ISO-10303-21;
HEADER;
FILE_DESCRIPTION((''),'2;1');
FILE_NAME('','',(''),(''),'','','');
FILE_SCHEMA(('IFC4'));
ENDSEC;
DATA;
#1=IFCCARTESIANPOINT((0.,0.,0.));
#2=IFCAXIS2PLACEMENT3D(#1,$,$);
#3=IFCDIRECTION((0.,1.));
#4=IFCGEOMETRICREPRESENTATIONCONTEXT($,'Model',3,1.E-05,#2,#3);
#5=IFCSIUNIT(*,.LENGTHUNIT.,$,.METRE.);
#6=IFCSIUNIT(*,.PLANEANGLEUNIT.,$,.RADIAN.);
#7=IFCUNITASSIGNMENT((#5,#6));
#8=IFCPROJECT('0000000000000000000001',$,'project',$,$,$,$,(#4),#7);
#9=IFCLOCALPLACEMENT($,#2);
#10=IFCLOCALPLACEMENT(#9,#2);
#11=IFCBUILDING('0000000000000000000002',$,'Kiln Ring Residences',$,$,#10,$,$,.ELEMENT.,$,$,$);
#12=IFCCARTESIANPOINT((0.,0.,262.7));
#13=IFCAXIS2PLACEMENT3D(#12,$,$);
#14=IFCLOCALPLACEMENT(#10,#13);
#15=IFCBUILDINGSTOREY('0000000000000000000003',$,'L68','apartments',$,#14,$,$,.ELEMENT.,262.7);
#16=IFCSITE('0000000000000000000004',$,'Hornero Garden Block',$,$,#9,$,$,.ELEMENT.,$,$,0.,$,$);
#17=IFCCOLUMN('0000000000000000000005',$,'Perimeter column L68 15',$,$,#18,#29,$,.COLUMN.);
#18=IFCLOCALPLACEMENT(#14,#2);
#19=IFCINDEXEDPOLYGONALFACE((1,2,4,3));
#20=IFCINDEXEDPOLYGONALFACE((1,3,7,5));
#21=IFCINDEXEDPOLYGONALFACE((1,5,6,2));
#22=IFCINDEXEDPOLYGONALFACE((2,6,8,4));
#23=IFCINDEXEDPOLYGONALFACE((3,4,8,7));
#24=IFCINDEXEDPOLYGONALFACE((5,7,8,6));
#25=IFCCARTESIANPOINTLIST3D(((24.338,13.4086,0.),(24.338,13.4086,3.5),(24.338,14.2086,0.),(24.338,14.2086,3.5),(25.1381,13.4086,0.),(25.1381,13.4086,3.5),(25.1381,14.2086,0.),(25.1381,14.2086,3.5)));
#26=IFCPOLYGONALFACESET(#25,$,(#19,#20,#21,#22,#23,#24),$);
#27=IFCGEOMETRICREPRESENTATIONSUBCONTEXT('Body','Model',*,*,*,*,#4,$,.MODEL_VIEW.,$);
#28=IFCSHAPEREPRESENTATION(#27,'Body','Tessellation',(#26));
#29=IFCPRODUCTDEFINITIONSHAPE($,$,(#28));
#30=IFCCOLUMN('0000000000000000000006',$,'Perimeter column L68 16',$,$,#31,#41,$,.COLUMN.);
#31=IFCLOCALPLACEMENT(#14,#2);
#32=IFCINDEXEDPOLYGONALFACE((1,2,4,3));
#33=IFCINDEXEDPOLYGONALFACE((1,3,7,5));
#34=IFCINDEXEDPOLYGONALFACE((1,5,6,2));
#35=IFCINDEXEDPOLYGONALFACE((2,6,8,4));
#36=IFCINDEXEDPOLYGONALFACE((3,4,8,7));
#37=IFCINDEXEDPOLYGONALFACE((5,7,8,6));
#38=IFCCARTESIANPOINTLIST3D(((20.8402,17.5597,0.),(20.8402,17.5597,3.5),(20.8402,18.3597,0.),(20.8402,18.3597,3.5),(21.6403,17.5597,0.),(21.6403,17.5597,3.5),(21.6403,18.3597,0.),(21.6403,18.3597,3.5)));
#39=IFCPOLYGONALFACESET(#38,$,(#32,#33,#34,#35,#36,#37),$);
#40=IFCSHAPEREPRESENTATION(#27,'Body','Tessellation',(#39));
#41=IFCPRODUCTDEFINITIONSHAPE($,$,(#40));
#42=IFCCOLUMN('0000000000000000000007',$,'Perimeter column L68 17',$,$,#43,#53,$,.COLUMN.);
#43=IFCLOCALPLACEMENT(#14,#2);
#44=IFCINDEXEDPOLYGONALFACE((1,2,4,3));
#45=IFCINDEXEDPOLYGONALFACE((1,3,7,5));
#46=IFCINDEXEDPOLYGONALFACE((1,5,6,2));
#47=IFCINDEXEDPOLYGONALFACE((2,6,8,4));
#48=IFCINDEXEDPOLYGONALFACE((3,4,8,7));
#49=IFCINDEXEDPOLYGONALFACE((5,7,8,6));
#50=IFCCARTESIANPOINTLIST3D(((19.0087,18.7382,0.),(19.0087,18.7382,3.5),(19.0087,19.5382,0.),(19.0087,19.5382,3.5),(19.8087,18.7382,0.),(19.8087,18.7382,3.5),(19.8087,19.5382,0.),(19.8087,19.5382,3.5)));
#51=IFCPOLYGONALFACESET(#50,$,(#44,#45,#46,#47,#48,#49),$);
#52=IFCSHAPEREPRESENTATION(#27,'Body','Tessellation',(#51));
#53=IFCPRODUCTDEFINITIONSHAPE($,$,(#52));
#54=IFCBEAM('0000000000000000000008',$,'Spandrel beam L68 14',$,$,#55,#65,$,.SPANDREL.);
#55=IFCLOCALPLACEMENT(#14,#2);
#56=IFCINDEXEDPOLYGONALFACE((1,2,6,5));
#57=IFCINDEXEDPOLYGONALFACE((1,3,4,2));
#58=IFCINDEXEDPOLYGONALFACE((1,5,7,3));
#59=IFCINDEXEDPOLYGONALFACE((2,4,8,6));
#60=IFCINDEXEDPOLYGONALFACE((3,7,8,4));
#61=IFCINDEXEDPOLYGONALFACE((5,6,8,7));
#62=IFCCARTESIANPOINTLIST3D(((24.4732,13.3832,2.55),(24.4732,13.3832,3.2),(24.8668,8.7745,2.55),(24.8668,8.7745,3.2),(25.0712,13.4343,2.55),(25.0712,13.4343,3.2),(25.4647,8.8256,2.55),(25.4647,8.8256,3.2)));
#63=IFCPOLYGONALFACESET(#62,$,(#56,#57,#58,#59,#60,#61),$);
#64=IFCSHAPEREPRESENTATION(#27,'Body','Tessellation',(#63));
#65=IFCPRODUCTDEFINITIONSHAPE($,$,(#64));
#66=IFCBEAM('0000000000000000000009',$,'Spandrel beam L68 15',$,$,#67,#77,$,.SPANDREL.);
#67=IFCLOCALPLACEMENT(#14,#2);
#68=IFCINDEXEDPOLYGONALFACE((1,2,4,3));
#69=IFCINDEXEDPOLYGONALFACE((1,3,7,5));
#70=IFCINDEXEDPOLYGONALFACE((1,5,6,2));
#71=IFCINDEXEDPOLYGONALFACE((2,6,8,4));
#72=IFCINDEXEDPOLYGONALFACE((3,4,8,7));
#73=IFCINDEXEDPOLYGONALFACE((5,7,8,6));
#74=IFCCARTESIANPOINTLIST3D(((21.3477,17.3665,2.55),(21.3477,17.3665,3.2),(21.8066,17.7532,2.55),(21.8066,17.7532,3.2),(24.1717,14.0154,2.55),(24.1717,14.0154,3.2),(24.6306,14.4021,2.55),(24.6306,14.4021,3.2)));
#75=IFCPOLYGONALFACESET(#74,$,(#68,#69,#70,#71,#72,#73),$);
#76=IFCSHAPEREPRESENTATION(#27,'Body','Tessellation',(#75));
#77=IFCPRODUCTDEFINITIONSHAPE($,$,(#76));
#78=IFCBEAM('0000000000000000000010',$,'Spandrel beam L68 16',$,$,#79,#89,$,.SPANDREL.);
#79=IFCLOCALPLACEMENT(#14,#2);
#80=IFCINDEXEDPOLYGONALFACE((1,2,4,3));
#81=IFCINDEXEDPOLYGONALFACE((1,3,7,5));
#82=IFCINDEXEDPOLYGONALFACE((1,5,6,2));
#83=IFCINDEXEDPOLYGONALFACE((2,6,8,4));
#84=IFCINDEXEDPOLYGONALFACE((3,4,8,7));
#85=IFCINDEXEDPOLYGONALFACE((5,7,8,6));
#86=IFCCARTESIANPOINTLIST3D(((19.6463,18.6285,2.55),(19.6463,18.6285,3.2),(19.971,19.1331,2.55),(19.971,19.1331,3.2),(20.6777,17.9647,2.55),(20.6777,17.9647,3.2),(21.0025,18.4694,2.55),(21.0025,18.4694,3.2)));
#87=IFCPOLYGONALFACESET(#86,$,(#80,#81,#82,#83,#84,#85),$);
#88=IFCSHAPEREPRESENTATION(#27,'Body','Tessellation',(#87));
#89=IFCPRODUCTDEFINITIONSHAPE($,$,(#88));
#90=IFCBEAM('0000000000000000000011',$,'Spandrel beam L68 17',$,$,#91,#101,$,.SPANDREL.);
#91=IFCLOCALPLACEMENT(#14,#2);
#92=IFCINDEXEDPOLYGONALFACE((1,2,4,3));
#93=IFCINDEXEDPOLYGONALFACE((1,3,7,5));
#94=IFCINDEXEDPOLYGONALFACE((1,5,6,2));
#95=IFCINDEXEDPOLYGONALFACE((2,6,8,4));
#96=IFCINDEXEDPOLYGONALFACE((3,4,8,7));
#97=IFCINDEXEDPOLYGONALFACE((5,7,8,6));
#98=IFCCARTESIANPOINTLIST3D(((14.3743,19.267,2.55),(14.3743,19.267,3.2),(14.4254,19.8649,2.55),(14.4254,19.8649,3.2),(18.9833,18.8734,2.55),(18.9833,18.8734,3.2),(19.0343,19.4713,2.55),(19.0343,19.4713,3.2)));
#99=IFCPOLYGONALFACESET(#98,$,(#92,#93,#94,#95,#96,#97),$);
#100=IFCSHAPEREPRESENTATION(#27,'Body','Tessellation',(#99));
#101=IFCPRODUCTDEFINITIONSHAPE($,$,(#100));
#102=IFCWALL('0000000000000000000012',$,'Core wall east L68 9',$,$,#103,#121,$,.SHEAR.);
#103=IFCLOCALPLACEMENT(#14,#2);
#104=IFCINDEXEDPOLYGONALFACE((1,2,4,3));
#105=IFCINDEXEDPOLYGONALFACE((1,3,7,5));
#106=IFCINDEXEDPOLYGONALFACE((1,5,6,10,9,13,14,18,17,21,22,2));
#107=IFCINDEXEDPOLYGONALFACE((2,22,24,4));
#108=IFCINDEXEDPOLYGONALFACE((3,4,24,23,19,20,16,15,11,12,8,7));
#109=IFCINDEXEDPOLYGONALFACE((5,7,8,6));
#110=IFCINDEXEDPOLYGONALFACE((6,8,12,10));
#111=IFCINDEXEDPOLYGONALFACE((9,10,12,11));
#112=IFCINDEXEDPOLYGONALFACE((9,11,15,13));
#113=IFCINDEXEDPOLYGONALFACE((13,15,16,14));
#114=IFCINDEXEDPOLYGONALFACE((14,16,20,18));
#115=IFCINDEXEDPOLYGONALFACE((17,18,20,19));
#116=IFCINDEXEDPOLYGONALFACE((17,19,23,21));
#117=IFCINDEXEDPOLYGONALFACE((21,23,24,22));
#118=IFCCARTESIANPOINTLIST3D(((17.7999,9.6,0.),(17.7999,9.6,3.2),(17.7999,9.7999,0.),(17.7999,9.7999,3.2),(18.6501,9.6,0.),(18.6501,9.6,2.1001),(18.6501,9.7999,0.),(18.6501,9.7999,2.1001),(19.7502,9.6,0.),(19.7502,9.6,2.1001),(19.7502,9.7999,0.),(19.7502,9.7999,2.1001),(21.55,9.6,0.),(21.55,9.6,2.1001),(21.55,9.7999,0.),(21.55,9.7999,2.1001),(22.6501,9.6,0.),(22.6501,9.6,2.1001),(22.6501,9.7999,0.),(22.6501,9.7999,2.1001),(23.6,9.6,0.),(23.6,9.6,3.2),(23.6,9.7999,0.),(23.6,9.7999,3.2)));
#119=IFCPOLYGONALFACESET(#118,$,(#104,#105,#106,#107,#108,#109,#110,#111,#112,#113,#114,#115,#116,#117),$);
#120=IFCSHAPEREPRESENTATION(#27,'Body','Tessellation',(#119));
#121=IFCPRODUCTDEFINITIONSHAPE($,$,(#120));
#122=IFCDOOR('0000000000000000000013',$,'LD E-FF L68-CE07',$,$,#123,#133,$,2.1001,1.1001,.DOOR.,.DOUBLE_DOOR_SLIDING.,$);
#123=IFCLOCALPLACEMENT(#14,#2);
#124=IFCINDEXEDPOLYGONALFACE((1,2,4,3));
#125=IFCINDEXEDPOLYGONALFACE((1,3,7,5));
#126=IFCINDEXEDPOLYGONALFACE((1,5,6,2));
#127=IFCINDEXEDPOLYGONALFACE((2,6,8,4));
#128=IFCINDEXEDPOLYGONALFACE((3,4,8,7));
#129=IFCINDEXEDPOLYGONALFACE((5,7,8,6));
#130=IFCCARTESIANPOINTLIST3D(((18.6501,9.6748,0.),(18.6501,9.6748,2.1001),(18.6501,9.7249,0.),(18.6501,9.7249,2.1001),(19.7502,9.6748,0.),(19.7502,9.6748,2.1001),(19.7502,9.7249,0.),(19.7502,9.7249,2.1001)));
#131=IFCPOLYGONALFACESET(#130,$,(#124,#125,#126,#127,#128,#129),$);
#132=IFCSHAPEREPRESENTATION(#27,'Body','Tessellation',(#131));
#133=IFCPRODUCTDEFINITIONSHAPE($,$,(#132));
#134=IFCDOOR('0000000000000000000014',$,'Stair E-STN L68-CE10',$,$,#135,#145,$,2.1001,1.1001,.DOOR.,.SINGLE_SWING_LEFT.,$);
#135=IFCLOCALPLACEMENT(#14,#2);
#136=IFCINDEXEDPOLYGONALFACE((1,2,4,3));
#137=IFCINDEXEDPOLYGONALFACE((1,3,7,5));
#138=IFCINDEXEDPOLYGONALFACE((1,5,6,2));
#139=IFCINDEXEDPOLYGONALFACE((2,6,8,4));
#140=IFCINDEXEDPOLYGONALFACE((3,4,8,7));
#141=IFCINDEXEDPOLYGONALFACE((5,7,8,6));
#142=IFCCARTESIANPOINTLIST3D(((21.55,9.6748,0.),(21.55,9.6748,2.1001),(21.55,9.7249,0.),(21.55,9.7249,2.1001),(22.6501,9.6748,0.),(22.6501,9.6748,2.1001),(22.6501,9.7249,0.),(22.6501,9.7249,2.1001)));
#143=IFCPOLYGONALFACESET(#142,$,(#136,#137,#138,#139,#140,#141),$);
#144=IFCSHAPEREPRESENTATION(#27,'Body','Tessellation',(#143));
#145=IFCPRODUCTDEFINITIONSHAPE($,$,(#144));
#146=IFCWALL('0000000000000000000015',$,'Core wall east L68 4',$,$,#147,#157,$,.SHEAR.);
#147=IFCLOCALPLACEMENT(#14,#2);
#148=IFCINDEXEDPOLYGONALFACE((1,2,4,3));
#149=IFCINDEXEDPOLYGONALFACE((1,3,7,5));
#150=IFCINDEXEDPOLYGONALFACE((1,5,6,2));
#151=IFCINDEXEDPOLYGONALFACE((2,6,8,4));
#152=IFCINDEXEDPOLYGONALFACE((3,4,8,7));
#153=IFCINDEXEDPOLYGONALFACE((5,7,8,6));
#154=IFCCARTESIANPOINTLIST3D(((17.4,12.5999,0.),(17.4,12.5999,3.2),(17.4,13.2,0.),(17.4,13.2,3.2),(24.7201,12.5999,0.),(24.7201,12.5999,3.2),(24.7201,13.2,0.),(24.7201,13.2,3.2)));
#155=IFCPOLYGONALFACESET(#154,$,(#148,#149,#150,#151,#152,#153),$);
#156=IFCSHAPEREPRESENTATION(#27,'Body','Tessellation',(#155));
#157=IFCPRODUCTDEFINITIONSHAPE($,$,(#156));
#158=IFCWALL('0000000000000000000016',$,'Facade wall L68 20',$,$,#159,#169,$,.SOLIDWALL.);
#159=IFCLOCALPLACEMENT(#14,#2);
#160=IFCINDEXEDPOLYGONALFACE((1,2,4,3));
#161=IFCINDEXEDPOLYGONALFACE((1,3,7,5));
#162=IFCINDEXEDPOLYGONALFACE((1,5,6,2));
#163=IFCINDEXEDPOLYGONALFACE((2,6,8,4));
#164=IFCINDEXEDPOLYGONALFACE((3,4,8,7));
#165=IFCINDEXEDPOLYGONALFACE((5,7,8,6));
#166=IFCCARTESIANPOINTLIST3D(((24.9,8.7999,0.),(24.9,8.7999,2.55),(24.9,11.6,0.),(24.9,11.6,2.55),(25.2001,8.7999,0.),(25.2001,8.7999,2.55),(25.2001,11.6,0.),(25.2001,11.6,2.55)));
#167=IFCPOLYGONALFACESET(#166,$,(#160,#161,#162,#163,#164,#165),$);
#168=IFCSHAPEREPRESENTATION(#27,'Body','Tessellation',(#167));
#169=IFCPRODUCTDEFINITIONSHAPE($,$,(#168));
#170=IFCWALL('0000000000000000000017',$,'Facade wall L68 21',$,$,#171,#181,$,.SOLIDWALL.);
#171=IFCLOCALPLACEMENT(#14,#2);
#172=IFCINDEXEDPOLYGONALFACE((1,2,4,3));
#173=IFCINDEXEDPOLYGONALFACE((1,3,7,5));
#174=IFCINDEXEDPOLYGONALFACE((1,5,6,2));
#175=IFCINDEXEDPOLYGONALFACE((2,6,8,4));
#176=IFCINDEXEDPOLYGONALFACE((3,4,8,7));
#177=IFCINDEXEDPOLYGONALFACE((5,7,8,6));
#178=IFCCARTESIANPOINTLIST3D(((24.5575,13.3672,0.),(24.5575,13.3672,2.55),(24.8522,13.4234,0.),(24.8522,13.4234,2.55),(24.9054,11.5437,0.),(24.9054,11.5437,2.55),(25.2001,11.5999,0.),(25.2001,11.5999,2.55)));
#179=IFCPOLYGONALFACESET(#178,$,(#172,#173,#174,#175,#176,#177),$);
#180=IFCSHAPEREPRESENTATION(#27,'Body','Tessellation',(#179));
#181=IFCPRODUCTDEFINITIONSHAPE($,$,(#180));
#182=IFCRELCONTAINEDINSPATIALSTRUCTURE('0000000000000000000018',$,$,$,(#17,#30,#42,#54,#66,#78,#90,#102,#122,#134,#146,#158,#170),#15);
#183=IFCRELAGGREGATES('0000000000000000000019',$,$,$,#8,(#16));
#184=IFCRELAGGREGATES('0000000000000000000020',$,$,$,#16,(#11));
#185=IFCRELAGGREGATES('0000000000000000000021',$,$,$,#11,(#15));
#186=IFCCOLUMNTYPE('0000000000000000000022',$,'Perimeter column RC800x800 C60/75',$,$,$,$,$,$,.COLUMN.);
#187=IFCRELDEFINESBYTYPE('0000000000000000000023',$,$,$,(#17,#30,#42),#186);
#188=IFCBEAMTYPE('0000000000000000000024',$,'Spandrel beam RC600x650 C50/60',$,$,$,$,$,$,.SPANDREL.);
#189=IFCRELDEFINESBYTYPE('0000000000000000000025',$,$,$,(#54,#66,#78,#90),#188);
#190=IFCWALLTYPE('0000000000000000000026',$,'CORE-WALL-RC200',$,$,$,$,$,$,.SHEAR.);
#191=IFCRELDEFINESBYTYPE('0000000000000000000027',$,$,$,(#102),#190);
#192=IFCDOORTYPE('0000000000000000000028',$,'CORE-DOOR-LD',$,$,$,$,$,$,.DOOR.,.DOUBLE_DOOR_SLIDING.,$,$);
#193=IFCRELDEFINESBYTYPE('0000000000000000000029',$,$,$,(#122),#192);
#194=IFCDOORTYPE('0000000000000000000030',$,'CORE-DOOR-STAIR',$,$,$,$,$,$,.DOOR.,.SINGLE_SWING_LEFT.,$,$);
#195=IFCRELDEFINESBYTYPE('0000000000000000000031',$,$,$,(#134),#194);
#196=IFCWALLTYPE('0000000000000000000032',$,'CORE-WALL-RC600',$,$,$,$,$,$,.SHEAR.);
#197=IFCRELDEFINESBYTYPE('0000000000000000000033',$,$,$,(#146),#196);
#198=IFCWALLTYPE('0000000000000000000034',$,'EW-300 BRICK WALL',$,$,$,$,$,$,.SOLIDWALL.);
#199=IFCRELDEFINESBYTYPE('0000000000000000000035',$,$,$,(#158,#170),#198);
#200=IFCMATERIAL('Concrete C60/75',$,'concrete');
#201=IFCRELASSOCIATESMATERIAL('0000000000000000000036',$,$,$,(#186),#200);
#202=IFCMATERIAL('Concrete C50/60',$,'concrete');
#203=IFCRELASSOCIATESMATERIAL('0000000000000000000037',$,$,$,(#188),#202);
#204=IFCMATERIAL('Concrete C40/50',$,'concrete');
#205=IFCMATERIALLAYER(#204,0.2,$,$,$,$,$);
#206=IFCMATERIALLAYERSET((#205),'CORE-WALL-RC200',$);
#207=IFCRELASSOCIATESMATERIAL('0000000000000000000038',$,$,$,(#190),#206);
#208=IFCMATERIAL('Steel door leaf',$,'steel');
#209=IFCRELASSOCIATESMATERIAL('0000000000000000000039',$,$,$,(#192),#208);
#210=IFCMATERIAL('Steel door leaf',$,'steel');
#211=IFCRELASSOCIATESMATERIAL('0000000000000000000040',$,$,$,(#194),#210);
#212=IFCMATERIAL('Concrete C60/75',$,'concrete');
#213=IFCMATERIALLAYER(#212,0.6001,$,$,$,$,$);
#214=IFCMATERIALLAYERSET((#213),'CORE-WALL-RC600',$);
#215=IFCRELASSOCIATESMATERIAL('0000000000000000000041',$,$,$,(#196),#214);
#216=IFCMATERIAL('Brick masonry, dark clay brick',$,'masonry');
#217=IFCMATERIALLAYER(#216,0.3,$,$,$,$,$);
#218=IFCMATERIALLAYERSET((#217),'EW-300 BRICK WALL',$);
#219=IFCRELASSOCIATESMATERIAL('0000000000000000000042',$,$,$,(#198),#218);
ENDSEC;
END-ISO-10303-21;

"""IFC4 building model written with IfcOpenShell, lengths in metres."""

from ifc_helpers import new_model, si_unit, direction, frame, frame_2d, origin, origin_2d, place, context, subcontext, project, spatial, rectangle, extrude, material, layer, layer_set, material_profile, profile_set, type_object, element, fill, save


model = new_model("IFC4")

# Units and contexts
model_context = context("Model", 3, precision=1e-05, world=origin(), true_north=direction((0.0, 1.0)))
body_context = subcontext(model_context, "Body", "Model", "MODEL_VIEW")
ifc_project = project(units=[si_unit("LENGTHUNIT", "METRE"), si_unit("PLANEANGLEUNIT", "RADIAN")], contexts=[model_context])

# Site, building, storey
site_placement = place(None, origin())
site = spatial("IfcSite", under=ifc_project, at=site_placement, Name="Hornero Garden Block", CompositionType="ELEMENT", RefElevation=0.0)
building_placement = place(site_placement, origin())
building = spatial("IfcBuilding", under=site, at=building_placement, Name="Kiln Ring Residences", CompositionType="ELEMENT")
storey_placement = place(building_placement, frame((0.0, 0.0, 262.7)))
storey = spatial("IfcBuildingStorey", under=building, at=storey_placement, Name="L68", Description="apartments", CompositionType="ELEMENT", Elevation=262.7)

# Columns
ifc_material_1 = material(Name="Concrete C60/75", Category="concrete")
ifc_material_profile_1 = material_profile(ifc_material_1, rectangle(XDim=0.8, YDim=0.8, at=origin_2d()), Name="RC800x800")
ifc_profile_set_1 = profile_set([ifc_material_profile_1], Name="Concrete C60/75")
column_type = type_object("IfcColumnType", Name="Perimeter column RC800x800 C60/75", PredefinedType="COLUMN", material=ifc_profile_set_1)
for number, where, z_axis, x_axis, name in (
    (1, (24.738, 13.8086, 0.0), (0.0, 0.0, 1.0), (1.0, 0.0, 0.0), "Perimeter column L68 15"),
    (2, (21.2402, 17.9597, 0.0), (0.0, 0.0, 1.0), (1.0, 0.0, 0.0), "Perimeter column L68 16"),
    (3, (19.4087, 19.1382, 0.0), (0.0, 0.0, 1.0), (1.0, 0.0, 0.0), "Perimeter column L68 17"),
):
    element("IfcColumn", number, at=place(storey_placement, frame(where, z_axis=z_axis, x_axis=x_axis)), inside=storey, type_object=column_type, Name=name, PredefinedType="COLUMN", context=body_context, shape_type="SweptSolid", body=[
        extrude(rectangle(XDim=0.8, YDim=0.8, at=origin_2d()), origin(), (0.0, 0.0, 1.0), 3.5),
    ])

# Beams
ifc_material_2 = material(Name="Concrete C50/60", Category="concrete")
ifc_material_profile_2 = material_profile(ifc_material_2, rectangle(XDim=0.6001, YDim=0.6499, at=origin_2d()), Name="RC600x650")
ifc_profile_set_2 = profile_set([ifc_material_profile_2], Name="Concrete C50/60")
beam_type = type_object("IfcBeamType", Name="Spandrel beam RC600x650 C50/60", PredefinedType="SPANDREL", material=ifc_profile_set_2)
beam_1_placement = place(storey_placement, frame((25.1658, 8.8, 2.875), z_axis=(-0.085085, 0.996374, 0.0), x_axis=(-0.996374, -0.085085, 0.0)))
element("IfcBeam", 4, at=beam_1_placement, inside=storey, type_object=beam_type, Name="Spandrel beam L68 14", PredefinedType="SPANDREL", context=body_context, shape_type="SweptSolid", body=[
    extrude(rectangle(XDim=0.6001, YDim=0.6499, at=origin_2d()), origin(), (0.0, 0.0, 1.0), 4.6255),
])
beam_2_placement = place(storey_placement, frame((24.4011, 14.2087, 2.875), z_axis=(-0.644405, 0.764684, 0.0), x_axis=(-0.764684, -0.644405, 0.0)))
element("IfcBeam", 5, at=beam_2_placement, inside=storey, type_object=beam_type, Name="Spandrel beam L68 15", PredefinedType="SPANDREL", context=body_context, shape_type="SweptSolid", body=[
    extrude(rectangle(XDim=0.6001, YDim=0.6499, at=origin_2d()), origin(), (0.0, 0.0, 1.0), 4.3823),
])
beam_3_placement = place(storey_placement, frame((20.8401, 18.217, 2.875), z_axis=(-0.840913, 0.54117, 0.0), x_axis=(-0.54117, -0.840913, 0.0)))
element("IfcBeam", 6, at=beam_3_placement, inside=storey, type_object=beam_type, Name="Spandrel beam L68 16", PredefinedType="SPANDREL", context=body_context, shape_type="SweptSolid", body=[
    extrude(rectangle(XDim=0.6001, YDim=0.6499, at=origin_2d()), origin(), (0.0, 0.0, 1.0), 1.2266),
])
beam_4_placement = place(storey_placement, frame((19.0088, 19.1724, 2.875), z_axis=(-0.996374, 0.085081, 0.0), x_axis=(-0.085081, -0.996374, 0.0)))
element("IfcBeam", 7, at=beam_4_placement, inside=storey, type_object=beam_type, Name="Spandrel beam L68 17", PredefinedType="SPANDREL", context=body_context, shape_type="SweptSolid", body=[
    extrude(rectangle(XDim=0.6001, YDim=0.6499, at=origin_2d()), origin(), (0.0, 0.0, 1.0), 4.6257),
])

# Wall, openings, doors
ifc_material_3 = material(Name="Concrete C40/50", Category="concrete")
ifc_layer_1 = layer(ifc_material_3, 0.2)
ifc_layer_set_1 = layer_set([ifc_layer_1], Name="CORE-WALL-RC200")
wall_type_1 = type_object("IfcWallType", Name="CORE-WALL-RC200", PredefinedType="SHEAR", material=ifc_layer_set_1)
wall_1_placement = place(storey_placement, frame((17.8, 9.7, 0.0), z_axis=(0.0, 0.0, 1.0), x_axis=(1.0, 0.0, 0.0)))
wall_1 = element("IfcWall", 8, at=wall_1_placement, inside=storey, type_object=wall_type_1, Name="Core wall east L68 9", PredefinedType="SHEAR", context=body_context, shape_type="SweptSolid", body=[
    extrude(rectangle(XDim=5.8, YDim=0.2, at=frame_2d((2.8999, 0.0))), origin(), (0.0, 0.0, 1.0), 3.2),
])
opening_1_placement = place(wall_1_placement, frame((0.8501, 0.0, 0.0)))
opening_1 = element("IfcOpeningElement", 9, at=opening_1_placement, cuts=wall_1, PredefinedType="OPENING", context=body_context, shape_type="SweptSolid", body=[
    extrude(rectangle(XDim=1.1001, YDim=2.1001, at=frame_2d((0.55, 1.05))), frame((0.0, 0.1099, 0.0), z_axis=(0.0, -1.0, 0.0), x_axis=(1.0, 0.0, 0.0)), (0.0, 0.0, 1.0), 0.22),
])
opening_2_placement = place(wall_1_placement, frame((3.75, 0.0, 0.0)))
opening_2 = element("IfcOpeningElement", 10, at=opening_2_placement, cuts=wall_1, PredefinedType="OPENING", context=body_context, shape_type="SweptSolid", body=[
    extrude(rectangle(XDim=1.1001, YDim=2.1001, at=frame_2d((0.55, 1.05))), frame((0.0, 0.1099, 0.0), z_axis=(0.0, -1.0, 0.0), x_axis=(1.0, 0.0, 0.0)), (0.0, 0.0, 1.0), 0.22),
])
ifc_material_4 = material(Name="Steel door leaf", Category="steel")
door_type_1 = type_object("IfcDoorType", Name="CORE-DOOR-LD", OperationType="DOUBLE_DOOR_SLIDING", PredefinedType="DOOR", material=ifc_material_4)
door_1_placement = place(opening_1_placement, origin())
door_1 = element("IfcDoor", 11, at=door_1_placement, inside=storey, type_object=door_type_1, Name="LD E-FF L68-CE07", OperationType="DOUBLE_DOOR_SLIDING", OverallHeight=2.1001, OverallWidth=1.1001, PredefinedType="DOOR", context=body_context, shape_type="SweptSolid", body=[
    extrude(rectangle(XDim=1.1001, YDim=2.1001, at=frame_2d((0.55, 1.05))), frame((0.0, 0.0249, 0.0), z_axis=(0.0, -1.0, 0.0), x_axis=(1.0, 0.0, 0.0)), (0.0, 0.0, 1.0), 0.05),
])
fill(opening_1, door_1)
ifc_material_5 = material(Name="Steel door leaf", Category="steel")
door_type_2 = type_object("IfcDoorType", Name="CORE-DOOR-STAIR", OperationType="SINGLE_SWING_LEFT", PredefinedType="DOOR", material=ifc_material_5)
door_2_placement = place(opening_2_placement, origin())
door_2 = element("IfcDoor", 12, at=door_2_placement, inside=storey, type_object=door_type_2, Name="Stair E-STN L68-CE10", OperationType="SINGLE_SWING_LEFT", OverallHeight=2.1001, OverallWidth=1.1001, PredefinedType="DOOR", context=body_context, shape_type="SweptSolid", body=[
    extrude(rectangle(XDim=1.1001, YDim=2.1001, at=frame_2d((0.55, 1.05))), frame((0.0, 0.0249, 0.0), z_axis=(0.0, -1.0, 0.0), x_axis=(1.0, 0.0, 0.0)), (0.0, 0.0, 1.0), 0.05),
])
fill(opening_2, door_2)

# Walls
ifc_material_6 = material(Name="Concrete C60/75", Category="concrete")
ifc_layer_2 = layer(ifc_material_6, 0.6001)
ifc_layer_set_2 = layer_set([ifc_layer_2], Name="CORE-WALL-RC600")
wall_type_2 = type_object("IfcWallType", Name="CORE-WALL-RC600", PredefinedType="SHEAR", material=ifc_layer_set_2)
wall_2_placement = place(storey_placement, frame((17.3999, 12.8999, 0.0), z_axis=(0.0, 0.0, 1.0), x_axis=(1.0, 0.0, 0.0)))
element("IfcWall", 13, at=wall_2_placement, inside=storey, type_object=wall_type_2, Name="Core wall east L68 4", PredefinedType="SHEAR", context=body_context, shape_type="SweptSolid", body=[
    extrude(rectangle(XDim=7.3201, YDim=0.6001, at=frame_2d((3.6602, 0.0))), origin(), (0.0, 0.0, 1.0), 3.2),
])
ifc_material_7 = material(Name="Brick masonry, dark clay brick", Category="masonry")
ifc_layer_3 = layer(ifc_material_7, 0.3)
ifc_layer_set_3 = layer_set([ifc_layer_3], Name="EW-300 BRICK WALL")
wall_type_3 = type_object("IfcWallType", Name="EW-300 BRICK WALL", PredefinedType="SOLIDWALL", material=ifc_layer_set_3)
wall_3_placement = place(storey_placement, frame((25.05, 8.8, 0.0), z_axis=(0.0, 0.0, 1.0), x_axis=(0.0, 1.0, 0.0)))
element("IfcWall", 14, at=wall_3_placement, inside=storey, type_object=wall_type_3, Name="Facade wall L68 20", PredefinedType="SOLIDWALL", context=body_context, shape_type="SweptSolid", body=[
    extrude(rectangle(XDim=2.8, YDim=0.3, at=frame_2d((1.3999, 0.0))), origin(), (0.0, 0.0, 1.0), 2.55),
])
wall_4_placement = place(storey_placement, frame((25.0527, 11.5718, 0.0), z_axis=(0.0, 0.0, 1.0), x_axis=(-0.187408, 0.982282, 0.0)))
element("IfcWall", 15, at=wall_4_placement, inside=storey, type_object=wall_type_3, Name="Facade wall L68 21", PredefinedType="SOLIDWALL", context=body_context, shape_type="SweptSolid", body=[
    extrude(rectangle(XDim=1.8564, YDim=0.3, at=frame_2d((0.9282, 0.0))), origin(), (0.0, 0.0, 1.0), 2.55),
])

save(model, "model.ifc")
